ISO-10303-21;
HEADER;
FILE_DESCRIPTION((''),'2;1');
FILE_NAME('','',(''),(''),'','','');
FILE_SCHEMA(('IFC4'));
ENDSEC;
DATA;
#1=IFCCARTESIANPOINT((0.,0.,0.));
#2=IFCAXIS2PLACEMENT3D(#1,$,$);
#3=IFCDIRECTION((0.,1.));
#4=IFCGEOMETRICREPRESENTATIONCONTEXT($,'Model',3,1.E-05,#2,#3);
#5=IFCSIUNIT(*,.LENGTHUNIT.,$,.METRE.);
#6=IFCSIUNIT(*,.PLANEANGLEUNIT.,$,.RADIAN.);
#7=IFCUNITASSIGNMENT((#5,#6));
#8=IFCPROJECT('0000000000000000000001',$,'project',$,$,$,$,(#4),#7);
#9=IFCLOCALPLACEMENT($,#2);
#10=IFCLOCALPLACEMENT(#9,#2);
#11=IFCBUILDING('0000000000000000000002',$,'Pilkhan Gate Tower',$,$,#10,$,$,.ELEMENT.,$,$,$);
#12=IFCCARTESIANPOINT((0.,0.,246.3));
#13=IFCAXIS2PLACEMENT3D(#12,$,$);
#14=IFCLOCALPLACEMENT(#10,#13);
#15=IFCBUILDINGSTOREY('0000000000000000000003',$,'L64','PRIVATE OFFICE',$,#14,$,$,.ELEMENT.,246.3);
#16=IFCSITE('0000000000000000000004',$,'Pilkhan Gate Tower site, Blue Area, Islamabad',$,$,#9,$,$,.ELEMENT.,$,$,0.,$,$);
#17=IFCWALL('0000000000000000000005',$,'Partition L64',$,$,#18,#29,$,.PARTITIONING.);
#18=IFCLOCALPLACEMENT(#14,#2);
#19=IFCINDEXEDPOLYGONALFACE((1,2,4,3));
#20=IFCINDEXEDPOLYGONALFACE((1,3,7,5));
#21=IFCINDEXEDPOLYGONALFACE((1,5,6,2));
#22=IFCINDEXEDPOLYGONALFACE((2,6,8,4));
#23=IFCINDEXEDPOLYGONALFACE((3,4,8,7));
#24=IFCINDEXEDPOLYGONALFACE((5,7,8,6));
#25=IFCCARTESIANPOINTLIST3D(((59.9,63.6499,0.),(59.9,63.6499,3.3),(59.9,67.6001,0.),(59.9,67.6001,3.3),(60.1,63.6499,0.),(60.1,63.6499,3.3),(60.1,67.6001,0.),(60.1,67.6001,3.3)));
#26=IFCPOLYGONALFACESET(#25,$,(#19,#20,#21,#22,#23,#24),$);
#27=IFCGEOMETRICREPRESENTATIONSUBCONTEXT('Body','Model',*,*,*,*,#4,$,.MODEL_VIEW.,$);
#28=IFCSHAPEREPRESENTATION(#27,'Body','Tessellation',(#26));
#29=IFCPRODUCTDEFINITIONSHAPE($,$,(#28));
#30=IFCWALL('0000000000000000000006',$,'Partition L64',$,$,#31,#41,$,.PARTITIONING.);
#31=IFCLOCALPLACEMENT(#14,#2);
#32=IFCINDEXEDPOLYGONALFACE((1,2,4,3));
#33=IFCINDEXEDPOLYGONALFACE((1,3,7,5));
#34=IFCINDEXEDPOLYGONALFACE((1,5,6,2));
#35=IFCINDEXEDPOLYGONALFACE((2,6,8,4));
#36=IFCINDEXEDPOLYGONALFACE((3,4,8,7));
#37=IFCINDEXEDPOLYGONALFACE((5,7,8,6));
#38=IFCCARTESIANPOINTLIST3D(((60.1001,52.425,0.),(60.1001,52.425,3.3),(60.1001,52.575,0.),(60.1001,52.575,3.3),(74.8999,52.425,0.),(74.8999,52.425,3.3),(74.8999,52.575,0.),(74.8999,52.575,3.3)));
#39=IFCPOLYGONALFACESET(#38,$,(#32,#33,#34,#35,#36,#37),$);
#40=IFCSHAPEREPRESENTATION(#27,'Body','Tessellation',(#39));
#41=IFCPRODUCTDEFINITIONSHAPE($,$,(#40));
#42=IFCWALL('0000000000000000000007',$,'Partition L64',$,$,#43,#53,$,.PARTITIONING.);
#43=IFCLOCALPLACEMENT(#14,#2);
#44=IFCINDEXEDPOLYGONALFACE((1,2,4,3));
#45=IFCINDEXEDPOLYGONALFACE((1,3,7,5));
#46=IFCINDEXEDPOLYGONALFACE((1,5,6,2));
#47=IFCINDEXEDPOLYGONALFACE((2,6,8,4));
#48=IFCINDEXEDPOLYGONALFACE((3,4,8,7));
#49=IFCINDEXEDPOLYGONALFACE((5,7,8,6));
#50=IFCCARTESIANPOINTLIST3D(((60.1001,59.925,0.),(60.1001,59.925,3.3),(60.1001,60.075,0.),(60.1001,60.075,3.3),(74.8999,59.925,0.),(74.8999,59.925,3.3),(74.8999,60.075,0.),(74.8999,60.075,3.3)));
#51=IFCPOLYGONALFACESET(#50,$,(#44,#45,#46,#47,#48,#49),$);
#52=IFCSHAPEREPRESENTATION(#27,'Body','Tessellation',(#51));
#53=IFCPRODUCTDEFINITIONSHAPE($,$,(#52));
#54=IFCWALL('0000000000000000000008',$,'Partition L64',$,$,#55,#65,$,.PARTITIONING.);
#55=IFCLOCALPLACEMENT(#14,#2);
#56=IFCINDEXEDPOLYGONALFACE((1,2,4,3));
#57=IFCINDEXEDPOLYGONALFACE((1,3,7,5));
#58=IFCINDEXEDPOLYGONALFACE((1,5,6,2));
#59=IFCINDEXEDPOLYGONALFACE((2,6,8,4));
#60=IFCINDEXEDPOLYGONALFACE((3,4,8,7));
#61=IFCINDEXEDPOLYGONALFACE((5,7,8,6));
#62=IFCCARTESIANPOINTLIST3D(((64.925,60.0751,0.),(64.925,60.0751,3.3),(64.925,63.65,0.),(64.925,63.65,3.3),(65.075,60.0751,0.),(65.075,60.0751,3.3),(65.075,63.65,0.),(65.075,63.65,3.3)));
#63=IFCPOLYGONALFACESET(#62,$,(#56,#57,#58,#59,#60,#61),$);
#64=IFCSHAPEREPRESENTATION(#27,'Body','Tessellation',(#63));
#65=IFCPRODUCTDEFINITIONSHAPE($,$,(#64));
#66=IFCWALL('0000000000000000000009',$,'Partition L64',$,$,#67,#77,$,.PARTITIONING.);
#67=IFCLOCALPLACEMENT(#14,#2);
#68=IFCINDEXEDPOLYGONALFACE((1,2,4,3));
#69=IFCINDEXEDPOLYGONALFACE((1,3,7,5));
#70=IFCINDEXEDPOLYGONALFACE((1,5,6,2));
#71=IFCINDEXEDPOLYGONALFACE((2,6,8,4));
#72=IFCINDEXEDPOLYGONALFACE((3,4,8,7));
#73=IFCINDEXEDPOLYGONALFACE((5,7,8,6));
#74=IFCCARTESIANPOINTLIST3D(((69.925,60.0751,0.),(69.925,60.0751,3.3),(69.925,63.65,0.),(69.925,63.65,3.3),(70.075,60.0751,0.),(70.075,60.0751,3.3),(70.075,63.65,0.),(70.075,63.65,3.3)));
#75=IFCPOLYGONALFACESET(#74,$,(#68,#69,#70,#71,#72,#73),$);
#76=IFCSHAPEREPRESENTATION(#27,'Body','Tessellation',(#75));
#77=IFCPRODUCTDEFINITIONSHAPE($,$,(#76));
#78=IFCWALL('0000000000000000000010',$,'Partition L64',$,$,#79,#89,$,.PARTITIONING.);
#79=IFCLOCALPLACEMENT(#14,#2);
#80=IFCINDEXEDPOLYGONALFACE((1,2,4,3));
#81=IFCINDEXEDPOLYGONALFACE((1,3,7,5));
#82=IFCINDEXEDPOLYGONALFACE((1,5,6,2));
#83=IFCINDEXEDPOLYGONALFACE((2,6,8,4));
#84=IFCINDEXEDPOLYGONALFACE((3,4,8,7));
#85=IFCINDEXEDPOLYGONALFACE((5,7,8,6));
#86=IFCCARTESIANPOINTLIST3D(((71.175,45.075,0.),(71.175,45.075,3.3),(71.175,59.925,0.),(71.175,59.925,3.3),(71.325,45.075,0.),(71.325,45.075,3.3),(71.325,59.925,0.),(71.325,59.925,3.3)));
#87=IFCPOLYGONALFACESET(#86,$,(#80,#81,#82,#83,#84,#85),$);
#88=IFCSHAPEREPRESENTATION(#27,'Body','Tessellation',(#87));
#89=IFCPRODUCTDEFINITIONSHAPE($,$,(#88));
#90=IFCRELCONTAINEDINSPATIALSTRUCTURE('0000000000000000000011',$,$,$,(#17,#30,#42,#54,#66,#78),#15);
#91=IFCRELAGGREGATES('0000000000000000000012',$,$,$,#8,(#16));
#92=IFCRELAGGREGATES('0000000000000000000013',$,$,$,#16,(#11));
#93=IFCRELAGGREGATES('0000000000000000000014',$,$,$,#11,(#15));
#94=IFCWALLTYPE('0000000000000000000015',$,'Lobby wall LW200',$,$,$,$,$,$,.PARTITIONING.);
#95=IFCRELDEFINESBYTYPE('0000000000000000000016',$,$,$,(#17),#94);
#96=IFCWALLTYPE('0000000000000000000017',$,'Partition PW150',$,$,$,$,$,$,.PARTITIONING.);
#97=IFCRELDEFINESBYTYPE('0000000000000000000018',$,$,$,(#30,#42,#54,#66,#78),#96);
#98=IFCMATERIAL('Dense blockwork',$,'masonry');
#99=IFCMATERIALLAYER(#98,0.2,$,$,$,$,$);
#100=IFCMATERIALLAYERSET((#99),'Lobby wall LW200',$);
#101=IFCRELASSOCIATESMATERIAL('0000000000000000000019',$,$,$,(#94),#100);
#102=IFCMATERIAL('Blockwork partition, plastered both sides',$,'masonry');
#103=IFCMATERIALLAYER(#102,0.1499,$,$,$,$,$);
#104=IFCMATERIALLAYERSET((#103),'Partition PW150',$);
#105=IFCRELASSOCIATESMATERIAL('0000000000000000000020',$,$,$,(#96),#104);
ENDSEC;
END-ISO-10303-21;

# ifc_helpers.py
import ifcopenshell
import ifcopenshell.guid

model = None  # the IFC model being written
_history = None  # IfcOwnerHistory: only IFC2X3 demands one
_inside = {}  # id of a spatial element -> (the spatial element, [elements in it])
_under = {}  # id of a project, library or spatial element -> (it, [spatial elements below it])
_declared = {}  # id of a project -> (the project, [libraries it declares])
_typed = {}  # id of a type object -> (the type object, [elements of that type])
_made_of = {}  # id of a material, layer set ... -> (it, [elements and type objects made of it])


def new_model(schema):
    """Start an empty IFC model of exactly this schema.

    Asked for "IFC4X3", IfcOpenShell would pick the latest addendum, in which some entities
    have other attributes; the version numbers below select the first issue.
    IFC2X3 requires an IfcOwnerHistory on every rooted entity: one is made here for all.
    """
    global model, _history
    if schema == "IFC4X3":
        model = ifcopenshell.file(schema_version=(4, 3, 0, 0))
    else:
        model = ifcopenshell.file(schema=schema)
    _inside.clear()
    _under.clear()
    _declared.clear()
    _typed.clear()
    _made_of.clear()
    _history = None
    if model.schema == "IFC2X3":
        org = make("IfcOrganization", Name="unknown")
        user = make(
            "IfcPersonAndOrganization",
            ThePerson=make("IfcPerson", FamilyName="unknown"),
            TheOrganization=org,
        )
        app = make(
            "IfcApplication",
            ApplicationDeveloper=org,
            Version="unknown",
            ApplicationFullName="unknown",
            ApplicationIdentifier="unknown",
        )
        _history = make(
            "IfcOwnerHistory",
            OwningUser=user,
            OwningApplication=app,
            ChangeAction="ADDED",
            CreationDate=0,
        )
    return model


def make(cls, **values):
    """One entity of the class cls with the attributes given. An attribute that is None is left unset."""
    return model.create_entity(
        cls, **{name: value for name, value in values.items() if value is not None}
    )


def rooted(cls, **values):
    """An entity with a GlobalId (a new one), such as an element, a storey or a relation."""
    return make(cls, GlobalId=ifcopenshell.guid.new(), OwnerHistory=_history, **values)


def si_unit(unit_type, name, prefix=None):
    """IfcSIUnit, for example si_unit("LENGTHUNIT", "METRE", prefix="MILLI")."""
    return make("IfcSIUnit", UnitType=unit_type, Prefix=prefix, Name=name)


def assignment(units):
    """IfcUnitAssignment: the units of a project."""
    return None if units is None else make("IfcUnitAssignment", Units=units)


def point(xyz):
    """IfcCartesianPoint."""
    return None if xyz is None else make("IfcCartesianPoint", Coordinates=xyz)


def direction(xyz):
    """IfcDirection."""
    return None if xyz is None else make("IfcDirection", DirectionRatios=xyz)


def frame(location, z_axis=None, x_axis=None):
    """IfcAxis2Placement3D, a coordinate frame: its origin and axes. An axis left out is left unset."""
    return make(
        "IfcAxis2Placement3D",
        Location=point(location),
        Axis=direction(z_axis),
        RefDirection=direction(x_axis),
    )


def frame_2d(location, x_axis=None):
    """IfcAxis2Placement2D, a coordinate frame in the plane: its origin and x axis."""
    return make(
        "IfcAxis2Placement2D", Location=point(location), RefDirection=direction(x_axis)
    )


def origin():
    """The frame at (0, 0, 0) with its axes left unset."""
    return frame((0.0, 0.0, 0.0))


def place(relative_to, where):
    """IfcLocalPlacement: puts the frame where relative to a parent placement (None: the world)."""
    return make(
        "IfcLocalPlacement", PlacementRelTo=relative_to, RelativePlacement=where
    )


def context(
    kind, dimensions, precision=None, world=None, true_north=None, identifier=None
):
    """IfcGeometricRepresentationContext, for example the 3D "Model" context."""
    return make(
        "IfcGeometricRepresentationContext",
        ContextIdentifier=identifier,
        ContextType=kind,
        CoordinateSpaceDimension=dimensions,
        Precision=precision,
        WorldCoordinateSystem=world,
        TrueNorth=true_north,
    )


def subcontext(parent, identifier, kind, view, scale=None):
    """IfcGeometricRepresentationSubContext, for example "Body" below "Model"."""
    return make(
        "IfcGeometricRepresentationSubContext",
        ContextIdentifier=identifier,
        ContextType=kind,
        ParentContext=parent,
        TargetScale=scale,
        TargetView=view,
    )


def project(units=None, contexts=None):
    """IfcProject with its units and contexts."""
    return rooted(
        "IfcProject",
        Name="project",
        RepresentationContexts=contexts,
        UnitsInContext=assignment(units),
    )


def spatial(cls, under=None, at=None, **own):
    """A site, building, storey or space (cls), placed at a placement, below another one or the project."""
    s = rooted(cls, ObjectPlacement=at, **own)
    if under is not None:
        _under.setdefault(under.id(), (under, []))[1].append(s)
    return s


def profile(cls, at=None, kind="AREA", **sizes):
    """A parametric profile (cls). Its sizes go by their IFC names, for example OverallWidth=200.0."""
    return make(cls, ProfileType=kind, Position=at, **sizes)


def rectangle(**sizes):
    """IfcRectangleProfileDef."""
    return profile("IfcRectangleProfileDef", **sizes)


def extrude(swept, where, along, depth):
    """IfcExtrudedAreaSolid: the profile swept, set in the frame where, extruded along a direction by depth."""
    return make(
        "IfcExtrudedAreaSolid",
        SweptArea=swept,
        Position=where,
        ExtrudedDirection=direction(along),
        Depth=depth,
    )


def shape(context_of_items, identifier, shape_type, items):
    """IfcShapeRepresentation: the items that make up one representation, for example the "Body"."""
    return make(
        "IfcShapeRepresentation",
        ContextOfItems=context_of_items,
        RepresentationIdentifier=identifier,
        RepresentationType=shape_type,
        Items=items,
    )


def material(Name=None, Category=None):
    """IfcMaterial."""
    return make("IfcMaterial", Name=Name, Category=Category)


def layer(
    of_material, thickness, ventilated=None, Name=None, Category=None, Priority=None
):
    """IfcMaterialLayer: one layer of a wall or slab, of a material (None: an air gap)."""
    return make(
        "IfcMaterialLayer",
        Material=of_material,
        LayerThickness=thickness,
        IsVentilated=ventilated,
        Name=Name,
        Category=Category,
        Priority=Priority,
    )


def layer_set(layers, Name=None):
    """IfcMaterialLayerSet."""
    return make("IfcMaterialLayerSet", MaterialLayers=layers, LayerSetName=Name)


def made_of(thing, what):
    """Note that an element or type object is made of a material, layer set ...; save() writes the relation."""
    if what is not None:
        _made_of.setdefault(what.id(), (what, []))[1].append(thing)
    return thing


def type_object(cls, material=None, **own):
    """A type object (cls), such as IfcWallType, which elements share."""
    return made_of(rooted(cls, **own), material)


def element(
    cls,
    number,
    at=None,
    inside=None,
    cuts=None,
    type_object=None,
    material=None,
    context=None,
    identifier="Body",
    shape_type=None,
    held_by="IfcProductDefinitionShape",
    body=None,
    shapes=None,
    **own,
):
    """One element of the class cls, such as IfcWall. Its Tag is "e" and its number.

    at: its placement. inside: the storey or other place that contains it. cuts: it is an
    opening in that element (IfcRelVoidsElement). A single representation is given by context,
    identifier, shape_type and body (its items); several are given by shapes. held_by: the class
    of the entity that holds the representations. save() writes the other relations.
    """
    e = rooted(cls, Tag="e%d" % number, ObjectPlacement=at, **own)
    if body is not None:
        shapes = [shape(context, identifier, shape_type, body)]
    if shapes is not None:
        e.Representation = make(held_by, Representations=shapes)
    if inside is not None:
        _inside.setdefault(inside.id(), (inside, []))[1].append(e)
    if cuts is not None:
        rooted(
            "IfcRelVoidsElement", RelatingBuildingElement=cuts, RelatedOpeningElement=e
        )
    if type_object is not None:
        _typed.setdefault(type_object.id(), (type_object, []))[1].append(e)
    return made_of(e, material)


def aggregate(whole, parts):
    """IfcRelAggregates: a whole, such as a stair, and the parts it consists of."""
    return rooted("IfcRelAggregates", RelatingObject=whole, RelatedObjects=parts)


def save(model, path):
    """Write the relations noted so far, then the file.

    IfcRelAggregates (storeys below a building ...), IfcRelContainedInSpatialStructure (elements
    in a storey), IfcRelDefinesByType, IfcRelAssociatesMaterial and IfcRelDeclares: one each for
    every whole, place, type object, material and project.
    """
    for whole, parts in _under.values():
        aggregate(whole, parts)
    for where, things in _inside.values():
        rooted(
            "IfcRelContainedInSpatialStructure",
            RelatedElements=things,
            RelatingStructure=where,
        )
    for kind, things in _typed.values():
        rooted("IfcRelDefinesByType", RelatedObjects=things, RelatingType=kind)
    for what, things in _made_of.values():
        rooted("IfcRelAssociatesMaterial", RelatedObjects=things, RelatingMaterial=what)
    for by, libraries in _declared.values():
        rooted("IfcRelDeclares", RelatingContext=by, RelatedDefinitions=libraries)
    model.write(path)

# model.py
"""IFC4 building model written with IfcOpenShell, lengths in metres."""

from ifc_helpers import new_model, si_unit, direction, frame, frame_2d, origin, place, context, subcontext, project, spatial, rectangle, extrude, material, layer, layer_set, type_object, element, save


model = new_model("IFC4")

# Units and contexts
model_context = context("Model", 3, precision=1e-05, world=origin(), true_north=direction((0.0, 1.0)))
body_context = subcontext(model_context, "Body", "Model", "MODEL_VIEW")
ifc_project = project(units=[si_unit("LENGTHUNIT", "METRE"), si_unit("PLANEANGLEUNIT", "RADIAN")], contexts=[model_context])

# Site, building, storey
site_placement = place(None, origin())
site = spatial("IfcSite", under=ifc_project, at=site_placement, Name="Pilkhan Gate Tower site, Blue Area, Islamabad", CompositionType="ELEMENT", RefElevation=0.0)
building_placement = place(site_placement, origin())
building = spatial("IfcBuilding", under=site, at=building_placement, Name="Pilkhan Gate Tower", CompositionType="ELEMENT")
storey_placement = place(building_placement, frame((0.0, 0.0, 246.3)))
storey = spatial("IfcBuildingStorey", under=building, at=storey_placement, Name="L64", Description="PRIVATE OFFICE", CompositionType="ELEMENT", Elevation=246.3)

# Shared definitions
ifc_material_1 = material(Name="Dense blockwork", Category="masonry")
ifc_layer_1 = layer(ifc_material_1, 0.2)
ifc_layer_set_1 = layer_set([ifc_layer_1], Name="Lobby wall LW200")
wall_type_1 = type_object("IfcWallType", Name="Lobby wall LW200", PredefinedType="PARTITIONING", material=ifc_layer_set_1)

# Walls
wall_1_placement = place(storey_placement, frame((60.0, 63.6499, 0.0), z_axis=(0.0, 0.0, 1.0), x_axis=(0.0, 1.0, 0.0)))
element("IfcWall", 1, at=wall_1_placement, inside=storey, type_object=wall_type_1, Name="Partition L64", PredefinedType="PARTITIONING", context=body_context, shape_type="SweptSolid", body=[
    extrude(rectangle(XDim=3.9502, YDim=0.2, at=frame_2d((1.9751, 0.0))), origin(), (0.0, 0.0, 1.0), 3.3),
])
ifc_material_2 = material(Name="Blockwork partition, plastered both sides", Category="masonry")
ifc_layer_2 = layer(ifc_material_2, 0.1499)
ifc_layer_set_2 = layer_set([ifc_layer_2], Name="Partition PW150")
wall_type_2 = type_object("IfcWallType", Name="Partition PW150", PredefinedType="PARTITIONING", material=ifc_layer_set_2)
for number, where, z_axis, x_axis, name in (
    (2, (60.1001, 52.5, 0.0), (0.0, 0.0, 1.0), (1.0, 0.0, 0.0), "Partition L64"),
    (3, (60.1001, 60.0, 0.0), (0.0, 0.0, 1.0), (1.0, 0.0, 0.0), "Partition L64"),
):
    element("IfcWall", number, at=place(storey_placement, frame(where, z_axis=z_axis, x_axis=x_axis)), inside=storey, type_object=wall_type_2, Name=name, PredefinedType="PARTITIONING", context=body_context, shape_type="SweptSolid", body=[
        extrude(rectangle(XDim=14.7998, YDim=0.1499, at=frame_2d((7.3999, 0.0))), origin(), (0.0, 0.0, 1.0), 3.3),
    ])
for number, where, z_axis, x_axis, name in (
    (4, (65.0, 60.075, 0.0), (0.0, 0.0, 1.0), (0.0, 1.0, 0.0), "Partition L64"),
    (5, (70.0, 60.075, 0.0), (0.0, 0.0, 1.0), (0.0, 1.0, 0.0), "Partition L64"),
):
    element("IfcWall", number, at=place(storey_placement, frame(where, z_axis=z_axis, x_axis=x_axis)), inside=storey, type_object=wall_type_2, Name=name, PredefinedType="PARTITIONING", context=body_context, shape_type="SweptSolid", body=[
        extrude(rectangle(XDim=3.575, YDim=0.1499, at=frame_2d((1.7876, 0.0))), origin(), (0.0, 0.0, 1.0), 3.3),
    ])
wall_2_placement = place(storey_placement, frame((71.25, 45.075, 0.0), z_axis=(0.0, 0.0, 1.0), x_axis=(0.0, 1.0, 0.0)))
element("IfcWall", 6, at=wall_2_placement, inside=storey, type_object=wall_type_2, Name="Partition L64", PredefinedType="PARTITIONING", context=body_context, shape_type="SweptSolid", body=[
    extrude(rectangle(XDim=14.8501, YDim=0.1499, at=frame_2d((7.425, 0.0))), origin(), (0.0, 0.0, 1.0), 3.3),
])

save(model, "model.ifc")
